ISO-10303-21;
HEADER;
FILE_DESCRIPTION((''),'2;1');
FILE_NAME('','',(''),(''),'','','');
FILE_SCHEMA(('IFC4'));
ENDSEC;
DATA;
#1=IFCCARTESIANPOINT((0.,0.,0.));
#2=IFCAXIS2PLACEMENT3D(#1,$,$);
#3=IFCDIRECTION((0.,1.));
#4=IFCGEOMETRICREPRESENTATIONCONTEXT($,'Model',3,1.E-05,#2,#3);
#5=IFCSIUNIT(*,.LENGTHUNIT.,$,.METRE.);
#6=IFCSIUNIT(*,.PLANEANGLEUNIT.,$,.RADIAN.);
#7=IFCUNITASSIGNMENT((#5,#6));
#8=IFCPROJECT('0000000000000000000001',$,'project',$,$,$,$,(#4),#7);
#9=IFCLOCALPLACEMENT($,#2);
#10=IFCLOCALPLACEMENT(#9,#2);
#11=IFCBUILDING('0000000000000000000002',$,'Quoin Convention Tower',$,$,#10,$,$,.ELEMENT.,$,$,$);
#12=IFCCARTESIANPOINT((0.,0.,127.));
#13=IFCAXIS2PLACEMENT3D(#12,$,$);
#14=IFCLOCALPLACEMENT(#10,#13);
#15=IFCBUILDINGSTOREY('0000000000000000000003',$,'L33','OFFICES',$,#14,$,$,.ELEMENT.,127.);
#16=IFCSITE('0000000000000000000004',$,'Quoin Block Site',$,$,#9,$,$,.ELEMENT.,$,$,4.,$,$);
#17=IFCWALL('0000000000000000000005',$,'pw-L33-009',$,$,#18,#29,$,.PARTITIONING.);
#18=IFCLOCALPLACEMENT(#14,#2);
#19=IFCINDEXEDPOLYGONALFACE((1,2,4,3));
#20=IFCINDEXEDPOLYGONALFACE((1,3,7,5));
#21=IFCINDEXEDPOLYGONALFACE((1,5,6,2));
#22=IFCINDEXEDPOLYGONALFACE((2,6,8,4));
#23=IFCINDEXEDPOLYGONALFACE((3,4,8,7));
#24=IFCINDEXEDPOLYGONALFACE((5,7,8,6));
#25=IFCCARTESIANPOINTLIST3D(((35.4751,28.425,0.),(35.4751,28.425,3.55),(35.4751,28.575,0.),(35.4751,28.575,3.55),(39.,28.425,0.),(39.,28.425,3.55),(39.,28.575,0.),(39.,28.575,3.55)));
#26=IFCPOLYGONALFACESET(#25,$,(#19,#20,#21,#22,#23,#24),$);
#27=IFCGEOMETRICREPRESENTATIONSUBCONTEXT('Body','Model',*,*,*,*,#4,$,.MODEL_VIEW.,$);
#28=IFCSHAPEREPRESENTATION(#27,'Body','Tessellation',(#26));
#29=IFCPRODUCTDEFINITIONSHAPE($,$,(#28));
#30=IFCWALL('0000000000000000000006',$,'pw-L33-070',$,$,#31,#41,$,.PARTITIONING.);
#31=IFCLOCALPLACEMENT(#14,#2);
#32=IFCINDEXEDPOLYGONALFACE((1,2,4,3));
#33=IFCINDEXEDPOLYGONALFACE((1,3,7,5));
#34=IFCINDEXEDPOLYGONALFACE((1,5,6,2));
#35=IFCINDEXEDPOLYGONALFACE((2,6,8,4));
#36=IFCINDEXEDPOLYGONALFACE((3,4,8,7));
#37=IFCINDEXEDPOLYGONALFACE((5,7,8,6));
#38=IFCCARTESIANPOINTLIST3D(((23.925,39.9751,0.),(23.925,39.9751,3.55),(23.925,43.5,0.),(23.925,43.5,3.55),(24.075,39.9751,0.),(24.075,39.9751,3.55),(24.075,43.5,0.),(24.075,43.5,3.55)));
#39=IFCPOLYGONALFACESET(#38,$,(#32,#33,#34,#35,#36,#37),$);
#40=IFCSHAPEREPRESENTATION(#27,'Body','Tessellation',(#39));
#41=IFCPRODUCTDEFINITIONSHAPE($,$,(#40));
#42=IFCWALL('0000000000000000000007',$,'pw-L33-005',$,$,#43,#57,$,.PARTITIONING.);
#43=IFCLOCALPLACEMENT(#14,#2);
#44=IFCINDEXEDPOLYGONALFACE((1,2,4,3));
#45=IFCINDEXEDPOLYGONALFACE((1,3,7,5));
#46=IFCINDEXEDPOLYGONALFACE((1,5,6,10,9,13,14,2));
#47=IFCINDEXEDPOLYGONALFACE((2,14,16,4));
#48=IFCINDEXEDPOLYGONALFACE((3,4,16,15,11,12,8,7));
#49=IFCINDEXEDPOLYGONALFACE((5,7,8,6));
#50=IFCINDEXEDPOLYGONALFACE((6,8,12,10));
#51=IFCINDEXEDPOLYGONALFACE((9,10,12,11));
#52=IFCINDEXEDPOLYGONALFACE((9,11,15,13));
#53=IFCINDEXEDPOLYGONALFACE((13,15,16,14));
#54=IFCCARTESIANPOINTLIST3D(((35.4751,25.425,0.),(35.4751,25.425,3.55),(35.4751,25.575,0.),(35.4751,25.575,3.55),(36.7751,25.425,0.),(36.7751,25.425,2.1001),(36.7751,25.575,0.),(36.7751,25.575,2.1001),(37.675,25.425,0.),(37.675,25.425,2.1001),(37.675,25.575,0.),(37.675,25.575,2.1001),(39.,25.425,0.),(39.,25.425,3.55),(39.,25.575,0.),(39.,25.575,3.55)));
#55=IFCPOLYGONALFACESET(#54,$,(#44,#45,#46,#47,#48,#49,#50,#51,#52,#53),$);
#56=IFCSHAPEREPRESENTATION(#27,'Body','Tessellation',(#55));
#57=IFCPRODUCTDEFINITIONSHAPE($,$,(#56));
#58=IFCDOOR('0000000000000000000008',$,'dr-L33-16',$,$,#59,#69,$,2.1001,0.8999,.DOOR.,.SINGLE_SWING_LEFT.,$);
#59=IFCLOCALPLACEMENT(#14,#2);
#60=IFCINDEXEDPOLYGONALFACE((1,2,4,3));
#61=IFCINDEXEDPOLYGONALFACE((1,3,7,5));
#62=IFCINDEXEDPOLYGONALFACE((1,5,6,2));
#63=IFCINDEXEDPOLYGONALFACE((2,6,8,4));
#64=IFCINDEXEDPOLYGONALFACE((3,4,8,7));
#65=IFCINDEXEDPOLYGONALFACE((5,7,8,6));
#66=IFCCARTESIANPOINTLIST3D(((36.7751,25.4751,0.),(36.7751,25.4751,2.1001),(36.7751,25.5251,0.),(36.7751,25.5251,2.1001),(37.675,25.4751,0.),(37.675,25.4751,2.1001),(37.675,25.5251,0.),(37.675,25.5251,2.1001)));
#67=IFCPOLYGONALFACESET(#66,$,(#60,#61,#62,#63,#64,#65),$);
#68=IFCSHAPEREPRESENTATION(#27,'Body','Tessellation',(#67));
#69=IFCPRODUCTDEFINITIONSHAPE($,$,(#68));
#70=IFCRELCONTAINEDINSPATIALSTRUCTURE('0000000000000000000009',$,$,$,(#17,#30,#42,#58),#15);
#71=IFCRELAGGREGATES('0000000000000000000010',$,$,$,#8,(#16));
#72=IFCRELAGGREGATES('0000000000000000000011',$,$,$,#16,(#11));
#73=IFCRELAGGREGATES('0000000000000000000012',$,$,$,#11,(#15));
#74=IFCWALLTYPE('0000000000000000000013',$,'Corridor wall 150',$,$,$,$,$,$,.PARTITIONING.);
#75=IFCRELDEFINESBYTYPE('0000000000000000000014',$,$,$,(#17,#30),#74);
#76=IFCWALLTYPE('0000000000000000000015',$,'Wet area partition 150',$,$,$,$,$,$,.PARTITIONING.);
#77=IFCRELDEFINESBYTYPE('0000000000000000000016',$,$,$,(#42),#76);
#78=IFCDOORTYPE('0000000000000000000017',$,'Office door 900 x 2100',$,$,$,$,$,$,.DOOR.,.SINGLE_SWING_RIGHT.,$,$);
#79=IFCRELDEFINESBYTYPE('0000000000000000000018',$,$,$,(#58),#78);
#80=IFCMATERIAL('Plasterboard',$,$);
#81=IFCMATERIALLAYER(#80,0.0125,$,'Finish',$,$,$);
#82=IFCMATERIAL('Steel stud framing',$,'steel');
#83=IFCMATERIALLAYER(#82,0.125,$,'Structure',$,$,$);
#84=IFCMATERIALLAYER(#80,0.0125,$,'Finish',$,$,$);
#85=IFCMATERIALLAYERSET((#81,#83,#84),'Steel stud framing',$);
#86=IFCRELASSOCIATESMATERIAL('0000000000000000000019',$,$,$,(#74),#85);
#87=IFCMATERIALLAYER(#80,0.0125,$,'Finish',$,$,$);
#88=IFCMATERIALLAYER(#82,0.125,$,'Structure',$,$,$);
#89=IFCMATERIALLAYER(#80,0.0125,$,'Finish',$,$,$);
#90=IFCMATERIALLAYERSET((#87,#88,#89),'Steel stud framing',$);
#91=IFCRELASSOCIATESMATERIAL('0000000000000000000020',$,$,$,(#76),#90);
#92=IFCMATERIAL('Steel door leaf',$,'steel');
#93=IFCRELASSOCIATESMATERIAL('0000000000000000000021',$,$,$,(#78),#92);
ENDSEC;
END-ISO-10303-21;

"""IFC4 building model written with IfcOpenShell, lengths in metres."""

from ifc_helpers import new_model, si_unit, direction, frame, frame_2d, origin, place, context, subcontext, project, spatial, rectangle, extrude, material, layer, layer_set, type_object, element, fill, save


model = new_model("IFC4")

# Units and contexts
model_context = context("Model", 3, precision=1e-05, world=origin(), true_north=direction((0.0, 1.0)))
body_context = subcontext(model_context, "Body", "Model", "MODEL_VIEW")
ifc_project = project(units=[si_unit("LENGTHUNIT", "METRE"), si_unit("PLANEANGLEUNIT", "RADIAN")], contexts=[model_context])

# Site, building, storey
site_placement = place(None, origin())
site = spatial("IfcSite", under=ifc_project, at=site_placement, Name="Quoin Block Site", CompositionType="ELEMENT", RefElevation=4.0)
building_placement = place(site_placement, origin())
building = spatial("IfcBuilding", under=site, at=building_placement, Name="Quoin Convention Tower", CompositionType="ELEMENT")
storey_placement = place(building_placement, frame((0.0, 0.0, 127.0)))
storey = spatial("IfcBuildingStorey", under=building, at=storey_placement, Name="L33", Description="OFFICES", CompositionType="ELEMENT", Elevation=127.0)

# Walls
ifc_material_1 = material(Name="Plasterboard")
ifc_layer_1 = layer(ifc_material_1, 0.0125, Name="Finish")
ifc_material_2 = material(Name="Steel stud framing", Category="steel")
ifc_layer_2 = layer(ifc_material_2, 0.125, Name="Structure")
ifc_layer_3 = layer(ifc_material_1, 0.0125, Name="Finish")
ifc_layer_set_1 = layer_set([ifc_layer_1, ifc_layer_2, ifc_layer_3], Name="Steel stud framing")
wall_type_1 = type_object("IfcWallType", Name="Corridor wall 150", PredefinedType="PARTITIONING", material=ifc_layer_set_1)
for number, where, z_axis, x_axis, name in (
    (1, (35.4751, 28.5, 0.0), (0.0, 0.0, 1.0), (1.0, 0.0, 0.0), "pw-L33-009"),
    (2, (24.0, 39.9751, 0.0), (0.0, 0.0, 1.0), (0.0, 1.0, 0.0), "pw-L33-070"),
):
    element("IfcWall", number, at=place(storey_placement, frame(where, z_axis=z_axis, x_axis=x_axis)), inside=storey, type_object=wall_type_1, Name=name, PredefinedType="PARTITIONING", context=body_context, shape_type="SweptSolid", body=[
        extrude(rectangle(XDim=3.5249, YDim=0.1499, at=frame_2d((1.7625, 0.0))), origin(), (0.0, 0.0, 1.0), 3.55),
    ])

# Wall, opening, door
ifc_layer_4 = layer(ifc_material_1, 0.0125, Name="Finish")
ifc_layer_5 = layer(ifc_material_2, 0.125, Name="Structure")
ifc_layer_6 = layer(ifc_material_1, 0.0125, Name="Finish")
ifc_layer_set_2 = layer_set([ifc_layer_4, ifc_layer_5, ifc_layer_6], Name="Steel stud framing")
wall_type_2 = type_object("IfcWallType", Name="Wet area partition 150", PredefinedType="PARTITIONING", material=ifc_layer_set_2)
wall_1_placement = place(storey_placement, frame((35.4751, 25.5, 0.0), z_axis=(0.0, 0.0, 1.0), x_axis=(1.0, 0.0, 0.0)))
wall_1 = element("IfcWall", 3, at=wall_1_placement, inside=storey, type_object=wall_type_2, Name="pw-L33-005", PredefinedType="PARTITIONING", context=body_context, shape_type="SweptSolid", body=[
    extrude(rectangle(XDim=3.5249, YDim=0.1499, at=frame_2d((1.7625, 0.0))), origin(), (0.0, 0.0, 1.0), 3.55),
])
opening_1_placement = place(wall_1_placement, frame((1.3, 0.0, 0.0)))
opening_1 = element("IfcOpeningElement", 4, at=opening_1_placement, cuts=wall_1, PredefinedType="OPENING", context=body_context, shape_type="SweptSolid", body=[
    extrude(rectangle(XDim=0.8999, YDim=2.1001, at=frame_2d((0.45, 1.05))), frame((0.0, 0.085, 0.0), z_axis=(0.0, -1.0, 0.0), x_axis=(1.0, 0.0, 0.0)), (0.0, 0.0, 1.0), 0.1699),
])
ifc_material_3 = material(Name="Steel door leaf", Category="steel")
door_type = type_object("IfcDoorType", Name="Office door 900 x 2100", OperationType="SINGLE_SWING_RIGHT", PredefinedType="DOOR", material=ifc_material_3)
door_placement = place(opening_1_placement, frame((0.8999, 0.0, 0.0), z_axis=(0.0, 0.0, 1.0), x_axis=(-1.0, 0.0, 0.0)))
door = element("IfcDoor", 5, at=door_placement, inside=storey, type_object=door_type, Name="dr-L33-16", OperationType="SINGLE_SWING_LEFT", OverallHeight=2.1001, OverallWidth=0.8999, PredefinedType="DOOR", context=body_context, shape_type="SweptSolid", body=[
    extrude(rectangle(XDim=0.8999, YDim=2.1001, at=frame_2d((0.45, 1.05))), frame((0.0, 0.0249, 0.0), z_axis=(0.0, -1.0, 0.0), x_axis=(1.0, 0.0, 0.0)), (0.0, 0.0, 1.0), 0.05),
])
fill(opening_1, door)

save(model, "model.ifc")
